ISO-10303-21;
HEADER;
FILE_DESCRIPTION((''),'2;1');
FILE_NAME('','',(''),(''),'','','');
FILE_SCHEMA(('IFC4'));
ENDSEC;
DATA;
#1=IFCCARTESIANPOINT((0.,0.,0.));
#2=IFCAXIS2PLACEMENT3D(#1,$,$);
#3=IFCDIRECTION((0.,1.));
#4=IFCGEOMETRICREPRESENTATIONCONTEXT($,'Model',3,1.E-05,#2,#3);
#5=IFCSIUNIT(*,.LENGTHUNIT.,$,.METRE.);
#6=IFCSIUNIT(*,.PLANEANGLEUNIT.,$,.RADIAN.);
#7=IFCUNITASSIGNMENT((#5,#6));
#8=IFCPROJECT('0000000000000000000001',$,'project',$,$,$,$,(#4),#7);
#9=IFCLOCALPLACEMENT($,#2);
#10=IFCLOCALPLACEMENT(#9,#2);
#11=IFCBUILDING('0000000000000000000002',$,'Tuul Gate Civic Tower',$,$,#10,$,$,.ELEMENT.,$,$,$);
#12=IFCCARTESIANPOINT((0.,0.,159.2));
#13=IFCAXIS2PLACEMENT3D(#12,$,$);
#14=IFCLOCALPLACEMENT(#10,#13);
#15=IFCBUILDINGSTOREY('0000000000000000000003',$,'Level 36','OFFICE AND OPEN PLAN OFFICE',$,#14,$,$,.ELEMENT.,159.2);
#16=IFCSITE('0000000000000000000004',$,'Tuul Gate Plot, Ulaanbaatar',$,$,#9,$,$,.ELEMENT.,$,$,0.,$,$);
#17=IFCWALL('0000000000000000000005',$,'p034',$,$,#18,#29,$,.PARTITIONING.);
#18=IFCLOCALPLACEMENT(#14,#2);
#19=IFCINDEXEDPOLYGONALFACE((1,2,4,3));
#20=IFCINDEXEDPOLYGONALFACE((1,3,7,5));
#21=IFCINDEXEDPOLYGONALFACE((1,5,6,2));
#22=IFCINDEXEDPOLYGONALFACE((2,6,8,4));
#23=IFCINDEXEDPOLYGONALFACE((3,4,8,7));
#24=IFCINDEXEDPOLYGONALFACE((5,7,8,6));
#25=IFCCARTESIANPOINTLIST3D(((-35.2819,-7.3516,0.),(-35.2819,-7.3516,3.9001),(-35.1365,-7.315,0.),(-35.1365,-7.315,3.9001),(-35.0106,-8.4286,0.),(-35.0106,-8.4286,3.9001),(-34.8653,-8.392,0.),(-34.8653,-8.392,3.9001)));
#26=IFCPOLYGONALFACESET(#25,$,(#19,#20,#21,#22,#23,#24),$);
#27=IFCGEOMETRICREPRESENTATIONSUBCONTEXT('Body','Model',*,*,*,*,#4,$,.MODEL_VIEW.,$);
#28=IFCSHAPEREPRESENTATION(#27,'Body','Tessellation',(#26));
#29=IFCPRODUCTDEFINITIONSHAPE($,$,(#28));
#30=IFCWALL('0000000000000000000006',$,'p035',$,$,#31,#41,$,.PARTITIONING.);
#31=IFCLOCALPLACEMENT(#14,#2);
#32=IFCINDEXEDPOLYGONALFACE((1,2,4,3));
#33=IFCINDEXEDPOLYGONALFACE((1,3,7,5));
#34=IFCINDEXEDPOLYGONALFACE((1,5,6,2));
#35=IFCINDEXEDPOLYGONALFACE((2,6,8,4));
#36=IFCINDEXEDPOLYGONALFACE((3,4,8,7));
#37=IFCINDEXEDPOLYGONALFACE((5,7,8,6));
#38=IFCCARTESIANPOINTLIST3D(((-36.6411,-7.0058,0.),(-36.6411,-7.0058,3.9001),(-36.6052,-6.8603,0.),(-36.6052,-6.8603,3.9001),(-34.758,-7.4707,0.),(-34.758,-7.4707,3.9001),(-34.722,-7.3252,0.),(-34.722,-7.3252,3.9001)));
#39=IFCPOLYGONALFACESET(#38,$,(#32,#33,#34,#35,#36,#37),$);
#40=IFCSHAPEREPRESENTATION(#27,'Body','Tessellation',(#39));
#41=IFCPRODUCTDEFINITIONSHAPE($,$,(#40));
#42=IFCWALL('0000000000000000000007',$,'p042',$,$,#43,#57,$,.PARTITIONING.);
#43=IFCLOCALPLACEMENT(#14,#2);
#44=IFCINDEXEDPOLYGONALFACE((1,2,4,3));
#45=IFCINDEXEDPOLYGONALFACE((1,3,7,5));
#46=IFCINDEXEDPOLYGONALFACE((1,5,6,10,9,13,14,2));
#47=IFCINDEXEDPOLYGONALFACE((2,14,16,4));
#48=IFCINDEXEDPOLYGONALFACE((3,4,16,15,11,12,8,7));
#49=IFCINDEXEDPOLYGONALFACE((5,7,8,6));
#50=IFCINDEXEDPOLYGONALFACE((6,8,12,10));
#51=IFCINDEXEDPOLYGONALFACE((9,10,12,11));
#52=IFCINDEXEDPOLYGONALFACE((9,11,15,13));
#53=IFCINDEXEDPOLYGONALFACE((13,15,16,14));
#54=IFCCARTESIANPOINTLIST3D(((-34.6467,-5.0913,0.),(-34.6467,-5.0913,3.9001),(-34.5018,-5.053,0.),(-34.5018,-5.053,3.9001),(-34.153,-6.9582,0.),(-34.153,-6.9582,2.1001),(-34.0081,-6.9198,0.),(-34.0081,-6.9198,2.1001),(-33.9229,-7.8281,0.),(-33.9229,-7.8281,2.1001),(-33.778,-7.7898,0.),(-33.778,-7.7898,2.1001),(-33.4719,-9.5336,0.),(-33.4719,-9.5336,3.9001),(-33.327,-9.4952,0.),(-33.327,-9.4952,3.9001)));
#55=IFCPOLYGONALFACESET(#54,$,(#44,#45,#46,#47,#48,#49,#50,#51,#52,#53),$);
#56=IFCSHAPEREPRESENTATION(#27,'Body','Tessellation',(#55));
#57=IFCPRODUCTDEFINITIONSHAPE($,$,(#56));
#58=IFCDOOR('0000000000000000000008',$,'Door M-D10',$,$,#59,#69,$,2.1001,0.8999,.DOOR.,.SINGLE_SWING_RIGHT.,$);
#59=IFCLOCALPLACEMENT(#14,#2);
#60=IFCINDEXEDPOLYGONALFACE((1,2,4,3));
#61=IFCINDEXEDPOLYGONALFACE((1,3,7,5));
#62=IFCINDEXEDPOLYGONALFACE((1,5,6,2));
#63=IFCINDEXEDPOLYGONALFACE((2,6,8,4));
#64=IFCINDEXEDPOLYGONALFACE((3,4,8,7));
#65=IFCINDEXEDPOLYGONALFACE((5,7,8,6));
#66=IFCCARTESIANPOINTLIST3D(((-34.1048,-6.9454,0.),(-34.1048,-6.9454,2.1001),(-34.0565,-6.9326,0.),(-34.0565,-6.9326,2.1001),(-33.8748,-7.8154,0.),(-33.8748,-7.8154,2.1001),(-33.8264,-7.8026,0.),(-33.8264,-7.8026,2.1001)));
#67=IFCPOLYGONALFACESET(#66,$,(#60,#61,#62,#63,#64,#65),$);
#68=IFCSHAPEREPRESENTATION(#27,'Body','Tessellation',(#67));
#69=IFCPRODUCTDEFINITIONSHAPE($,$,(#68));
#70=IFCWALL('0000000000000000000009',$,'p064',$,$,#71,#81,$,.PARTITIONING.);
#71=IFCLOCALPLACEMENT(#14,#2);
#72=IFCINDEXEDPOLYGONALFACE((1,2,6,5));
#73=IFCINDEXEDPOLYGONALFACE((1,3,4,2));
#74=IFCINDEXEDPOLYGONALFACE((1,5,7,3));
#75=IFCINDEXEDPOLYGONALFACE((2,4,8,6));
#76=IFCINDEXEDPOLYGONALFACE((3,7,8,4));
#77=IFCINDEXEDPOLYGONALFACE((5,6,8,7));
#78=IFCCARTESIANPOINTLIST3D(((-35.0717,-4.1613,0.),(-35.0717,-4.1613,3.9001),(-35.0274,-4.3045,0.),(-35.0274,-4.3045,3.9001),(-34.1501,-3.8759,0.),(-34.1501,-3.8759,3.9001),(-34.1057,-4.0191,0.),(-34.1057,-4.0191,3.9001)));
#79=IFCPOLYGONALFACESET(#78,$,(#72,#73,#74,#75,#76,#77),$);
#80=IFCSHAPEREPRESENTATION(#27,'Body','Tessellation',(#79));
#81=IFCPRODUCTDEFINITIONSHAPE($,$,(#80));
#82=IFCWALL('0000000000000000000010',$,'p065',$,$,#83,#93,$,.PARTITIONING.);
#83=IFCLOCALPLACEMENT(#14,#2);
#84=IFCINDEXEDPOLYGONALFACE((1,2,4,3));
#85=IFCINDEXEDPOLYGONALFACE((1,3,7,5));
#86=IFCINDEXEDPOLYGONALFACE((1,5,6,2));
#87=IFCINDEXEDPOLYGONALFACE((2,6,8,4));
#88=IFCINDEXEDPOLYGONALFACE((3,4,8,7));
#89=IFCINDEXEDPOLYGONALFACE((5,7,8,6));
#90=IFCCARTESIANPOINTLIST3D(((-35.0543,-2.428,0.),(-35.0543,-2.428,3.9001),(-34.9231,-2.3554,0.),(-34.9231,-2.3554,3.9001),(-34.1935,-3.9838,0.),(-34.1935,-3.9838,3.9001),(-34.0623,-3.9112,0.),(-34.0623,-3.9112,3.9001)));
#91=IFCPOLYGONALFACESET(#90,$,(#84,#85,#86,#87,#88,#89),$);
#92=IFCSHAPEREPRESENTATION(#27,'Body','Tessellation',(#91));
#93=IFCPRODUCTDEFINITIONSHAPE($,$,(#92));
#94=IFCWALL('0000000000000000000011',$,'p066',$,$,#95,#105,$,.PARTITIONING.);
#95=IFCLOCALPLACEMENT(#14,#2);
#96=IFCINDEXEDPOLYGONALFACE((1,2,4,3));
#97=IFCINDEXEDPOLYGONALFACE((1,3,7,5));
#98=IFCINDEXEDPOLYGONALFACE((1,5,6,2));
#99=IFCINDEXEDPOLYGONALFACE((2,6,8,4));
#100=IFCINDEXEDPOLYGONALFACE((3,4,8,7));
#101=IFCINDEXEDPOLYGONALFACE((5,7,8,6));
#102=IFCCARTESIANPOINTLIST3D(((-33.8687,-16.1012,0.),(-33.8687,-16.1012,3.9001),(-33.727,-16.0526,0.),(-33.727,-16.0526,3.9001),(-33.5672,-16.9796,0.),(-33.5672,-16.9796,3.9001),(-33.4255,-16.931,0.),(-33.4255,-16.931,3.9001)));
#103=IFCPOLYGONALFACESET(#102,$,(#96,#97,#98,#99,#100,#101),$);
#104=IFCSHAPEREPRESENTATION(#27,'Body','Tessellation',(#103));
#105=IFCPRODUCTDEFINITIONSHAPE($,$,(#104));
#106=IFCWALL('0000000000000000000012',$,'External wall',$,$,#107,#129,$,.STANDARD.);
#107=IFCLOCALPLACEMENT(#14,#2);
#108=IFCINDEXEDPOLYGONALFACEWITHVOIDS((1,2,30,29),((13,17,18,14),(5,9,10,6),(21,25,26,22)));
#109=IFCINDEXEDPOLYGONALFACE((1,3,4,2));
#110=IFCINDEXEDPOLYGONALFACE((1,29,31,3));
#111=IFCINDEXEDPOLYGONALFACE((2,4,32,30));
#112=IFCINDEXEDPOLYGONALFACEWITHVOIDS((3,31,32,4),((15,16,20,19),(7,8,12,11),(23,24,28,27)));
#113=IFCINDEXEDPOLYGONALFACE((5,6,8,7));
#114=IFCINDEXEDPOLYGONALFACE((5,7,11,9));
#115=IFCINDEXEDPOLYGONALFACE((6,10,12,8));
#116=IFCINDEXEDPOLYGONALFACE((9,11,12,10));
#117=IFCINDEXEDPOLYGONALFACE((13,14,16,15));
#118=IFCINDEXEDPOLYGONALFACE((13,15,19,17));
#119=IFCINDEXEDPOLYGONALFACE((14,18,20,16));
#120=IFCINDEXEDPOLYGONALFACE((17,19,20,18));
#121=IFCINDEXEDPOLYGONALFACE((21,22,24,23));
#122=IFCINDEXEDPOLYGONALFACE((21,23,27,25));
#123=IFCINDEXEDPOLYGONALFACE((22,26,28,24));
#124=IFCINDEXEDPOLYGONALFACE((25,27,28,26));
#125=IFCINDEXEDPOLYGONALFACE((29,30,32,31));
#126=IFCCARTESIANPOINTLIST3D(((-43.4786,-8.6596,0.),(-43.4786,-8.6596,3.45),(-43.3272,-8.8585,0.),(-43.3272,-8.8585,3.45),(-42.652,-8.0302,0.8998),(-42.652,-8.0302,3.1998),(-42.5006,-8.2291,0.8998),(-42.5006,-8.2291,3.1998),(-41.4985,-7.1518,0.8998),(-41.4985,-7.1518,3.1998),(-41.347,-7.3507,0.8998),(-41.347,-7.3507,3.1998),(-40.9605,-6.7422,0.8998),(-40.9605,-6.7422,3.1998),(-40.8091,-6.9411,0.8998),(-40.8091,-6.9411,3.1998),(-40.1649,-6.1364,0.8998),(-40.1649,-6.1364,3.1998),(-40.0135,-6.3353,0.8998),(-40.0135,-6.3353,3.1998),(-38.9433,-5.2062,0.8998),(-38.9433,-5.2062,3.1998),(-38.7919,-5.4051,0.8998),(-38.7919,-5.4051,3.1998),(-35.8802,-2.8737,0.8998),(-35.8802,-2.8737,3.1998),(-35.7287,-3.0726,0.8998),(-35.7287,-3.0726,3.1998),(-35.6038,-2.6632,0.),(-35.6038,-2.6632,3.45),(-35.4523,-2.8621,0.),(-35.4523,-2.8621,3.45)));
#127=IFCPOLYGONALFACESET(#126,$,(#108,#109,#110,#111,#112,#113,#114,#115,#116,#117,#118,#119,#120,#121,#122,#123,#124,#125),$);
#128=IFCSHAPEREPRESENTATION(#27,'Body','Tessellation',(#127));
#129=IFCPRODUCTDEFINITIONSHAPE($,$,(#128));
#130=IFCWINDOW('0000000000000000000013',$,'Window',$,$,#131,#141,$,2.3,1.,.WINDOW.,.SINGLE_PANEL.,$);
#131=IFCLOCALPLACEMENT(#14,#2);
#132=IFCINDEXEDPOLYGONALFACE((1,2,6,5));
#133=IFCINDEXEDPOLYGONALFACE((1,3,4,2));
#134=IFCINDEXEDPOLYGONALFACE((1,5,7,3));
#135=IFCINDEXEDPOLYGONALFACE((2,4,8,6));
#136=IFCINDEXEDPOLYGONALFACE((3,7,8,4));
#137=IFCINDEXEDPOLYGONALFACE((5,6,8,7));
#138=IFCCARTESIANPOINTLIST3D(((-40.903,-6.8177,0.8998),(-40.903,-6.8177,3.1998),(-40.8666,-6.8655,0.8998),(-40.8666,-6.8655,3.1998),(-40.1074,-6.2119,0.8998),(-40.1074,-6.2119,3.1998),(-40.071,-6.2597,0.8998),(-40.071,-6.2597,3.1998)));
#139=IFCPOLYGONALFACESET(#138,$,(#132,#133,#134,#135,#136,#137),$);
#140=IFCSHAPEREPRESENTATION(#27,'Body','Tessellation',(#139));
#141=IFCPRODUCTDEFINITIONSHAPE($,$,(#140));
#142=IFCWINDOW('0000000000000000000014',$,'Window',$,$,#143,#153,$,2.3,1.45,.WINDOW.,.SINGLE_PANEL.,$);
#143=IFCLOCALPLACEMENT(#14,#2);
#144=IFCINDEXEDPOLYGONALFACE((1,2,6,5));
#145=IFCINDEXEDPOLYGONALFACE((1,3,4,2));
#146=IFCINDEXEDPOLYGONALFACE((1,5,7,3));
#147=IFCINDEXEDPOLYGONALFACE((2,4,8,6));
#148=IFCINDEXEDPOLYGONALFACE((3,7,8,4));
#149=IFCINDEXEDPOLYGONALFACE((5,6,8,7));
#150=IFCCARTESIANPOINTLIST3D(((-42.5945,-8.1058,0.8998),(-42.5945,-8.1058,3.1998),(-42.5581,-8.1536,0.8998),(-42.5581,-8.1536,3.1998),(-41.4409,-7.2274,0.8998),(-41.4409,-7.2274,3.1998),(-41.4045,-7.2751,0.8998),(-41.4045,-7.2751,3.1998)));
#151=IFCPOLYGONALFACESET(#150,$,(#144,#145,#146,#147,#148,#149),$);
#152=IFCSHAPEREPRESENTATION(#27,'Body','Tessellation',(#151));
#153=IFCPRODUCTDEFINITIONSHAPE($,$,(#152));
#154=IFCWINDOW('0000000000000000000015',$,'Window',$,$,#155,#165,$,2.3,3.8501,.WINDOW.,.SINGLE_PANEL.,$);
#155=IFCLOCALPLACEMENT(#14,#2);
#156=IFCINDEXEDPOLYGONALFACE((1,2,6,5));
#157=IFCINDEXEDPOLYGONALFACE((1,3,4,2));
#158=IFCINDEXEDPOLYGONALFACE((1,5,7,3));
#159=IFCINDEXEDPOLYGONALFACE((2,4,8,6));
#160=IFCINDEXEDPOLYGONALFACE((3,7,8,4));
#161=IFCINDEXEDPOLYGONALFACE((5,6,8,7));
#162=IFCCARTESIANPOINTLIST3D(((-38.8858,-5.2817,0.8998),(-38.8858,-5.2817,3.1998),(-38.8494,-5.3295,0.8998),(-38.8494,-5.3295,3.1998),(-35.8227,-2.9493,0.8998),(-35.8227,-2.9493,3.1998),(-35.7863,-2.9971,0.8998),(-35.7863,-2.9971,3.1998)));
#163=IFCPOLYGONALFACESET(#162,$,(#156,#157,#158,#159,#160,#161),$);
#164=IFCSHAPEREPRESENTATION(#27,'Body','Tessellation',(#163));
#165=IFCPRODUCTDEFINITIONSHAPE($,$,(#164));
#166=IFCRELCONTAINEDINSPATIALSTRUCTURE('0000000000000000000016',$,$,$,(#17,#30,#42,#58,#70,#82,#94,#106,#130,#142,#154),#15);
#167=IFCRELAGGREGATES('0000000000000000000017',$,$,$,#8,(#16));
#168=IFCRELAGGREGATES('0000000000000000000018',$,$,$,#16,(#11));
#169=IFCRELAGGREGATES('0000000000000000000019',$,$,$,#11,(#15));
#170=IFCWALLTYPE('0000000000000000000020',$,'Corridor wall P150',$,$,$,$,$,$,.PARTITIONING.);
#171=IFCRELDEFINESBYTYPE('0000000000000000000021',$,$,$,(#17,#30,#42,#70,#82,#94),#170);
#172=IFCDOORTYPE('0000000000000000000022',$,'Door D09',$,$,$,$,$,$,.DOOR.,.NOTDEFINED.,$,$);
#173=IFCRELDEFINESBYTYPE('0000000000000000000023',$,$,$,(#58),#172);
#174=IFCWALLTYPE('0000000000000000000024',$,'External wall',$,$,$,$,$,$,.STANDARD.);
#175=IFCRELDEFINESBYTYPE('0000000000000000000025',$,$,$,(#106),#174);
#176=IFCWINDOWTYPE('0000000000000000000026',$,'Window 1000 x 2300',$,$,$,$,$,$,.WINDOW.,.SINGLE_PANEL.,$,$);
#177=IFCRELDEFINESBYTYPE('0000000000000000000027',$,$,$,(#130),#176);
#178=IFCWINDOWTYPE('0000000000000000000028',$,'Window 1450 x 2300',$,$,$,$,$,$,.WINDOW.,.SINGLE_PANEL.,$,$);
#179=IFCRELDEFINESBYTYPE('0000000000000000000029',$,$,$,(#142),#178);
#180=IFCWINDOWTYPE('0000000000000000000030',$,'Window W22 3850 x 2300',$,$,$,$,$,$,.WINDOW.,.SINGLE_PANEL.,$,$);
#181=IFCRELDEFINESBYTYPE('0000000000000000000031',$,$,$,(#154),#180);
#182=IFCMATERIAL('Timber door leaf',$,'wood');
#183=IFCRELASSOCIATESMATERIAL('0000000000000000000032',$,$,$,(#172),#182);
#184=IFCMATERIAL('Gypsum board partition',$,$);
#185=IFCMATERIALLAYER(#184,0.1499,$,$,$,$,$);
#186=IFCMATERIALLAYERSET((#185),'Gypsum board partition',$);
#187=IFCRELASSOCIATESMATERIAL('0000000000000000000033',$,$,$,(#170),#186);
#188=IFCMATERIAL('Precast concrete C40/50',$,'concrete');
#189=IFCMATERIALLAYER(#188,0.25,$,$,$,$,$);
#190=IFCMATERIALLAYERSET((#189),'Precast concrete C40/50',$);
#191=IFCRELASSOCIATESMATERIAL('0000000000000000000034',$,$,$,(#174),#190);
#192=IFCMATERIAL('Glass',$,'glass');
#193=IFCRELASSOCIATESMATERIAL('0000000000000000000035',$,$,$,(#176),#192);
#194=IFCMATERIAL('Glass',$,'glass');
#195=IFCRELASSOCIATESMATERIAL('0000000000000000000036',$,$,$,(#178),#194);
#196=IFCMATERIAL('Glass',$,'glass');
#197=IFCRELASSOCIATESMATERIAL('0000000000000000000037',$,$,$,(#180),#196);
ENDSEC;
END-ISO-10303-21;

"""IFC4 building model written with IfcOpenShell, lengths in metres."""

from ifc_helpers import new_model, si_unit, direction, frame, frame_2d, origin, place, context, subcontext, project, spatial, rectangle, extrude, material, layer, layer_set, type_object, element, fill, save


model = new_model("IFC4")

# Units and contexts
model_context = context("Model", 3, precision=1e-05, world=origin(), true_north=direction((0.0, 1.0)))
body_context = subcontext(model_context, "Body", "Model", "MODEL_VIEW")
ifc_project = project(units=[si_unit("LENGTHUNIT", "METRE"), si_unit("PLANEANGLEUNIT", "RADIAN")], contexts=[model_context])

# Site, building, storey
site_placement = place(None, origin())
site = spatial("IfcSite", under=ifc_project, at=site_placement, Name="Tuul Gate Plot, Ulaanbaatar", CompositionType="ELEMENT", RefElevation=0.0)
building_placement = place(site_placement, origin())
building = spatial("IfcBuilding", under=site, at=building_placement, Name="Tuul Gate Civic Tower", CompositionType="ELEMENT")
storey_placement = place(building_placement, frame((0.0, 0.0, 159.2)))
storey = spatial("IfcBuildingStorey", under=building, at=storey_placement, Name="Level 36", Description="OFFICE AND OPEN PLAN OFFICE", CompositionType="ELEMENT", Elevation=159.2)

# Shared definitions
ifc_material_1 = material(Name="Timber door leaf", Category="wood")
door_type_1 = type_object("IfcDoorType", Name="Door D09", OperationType="NOTDEFINED", PredefinedType="DOOR", material=ifc_material_1)

# Walls
ifc_material_2 = material(Name="Gypsum board partition")
ifc_layer_1 = layer(ifc_material_2, 0.1499)
ifc_layer_set_1 = layer_set([ifc_layer_1], Name="Gypsum board partition")
wall_type_1 = type_object("IfcWallType", Name="Corridor wall P150", PredefinedType="PARTITIONING", material=ifc_layer_set_1)
wall_1_placement = place(storey_placement, frame((-34.938, -8.4102, 0.0), z_axis=(0.0, 0.0, 1.0), x_axis=(-0.244242, 0.969714, 0.0)))
element("IfcWall", 1, at=wall_1_placement, inside=storey, type_object=wall_type_1, Name="p034", PredefinedType="PARTITIONING", context=body_context, shape_type="SweptSolid", body=[
    extrude(rectangle(XDim=1.1106, YDim=0.1499, at=frame_2d((0.5552, 0.0))), origin(), (0.0, 0.0, 1.0), 3.9001),
])
wall_2_placement = place(storey_placement, frame((-36.623, -6.9331, 0.0), z_axis=(0.0, 0.0, 1.0), x_axis=(0.970856, -0.239662, 0.0)))
element("IfcWall", 2, at=wall_2_placement, inside=storey, type_object=wall_type_1, Name="p035", PredefinedType="PARTITIONING", context=body_context, shape_type="SweptSolid", body=[
    extrude(rectangle(XDim=1.9397, YDim=0.1499, at=frame_2d((0.9697, 0.0))), origin(), (0.0, 0.0, 1.0), 3.9001),
])

# Wall, opening, door
wall_3_placement = place(storey_placement, frame((-34.5742, -5.0723, 0.0), z_axis=(0.0, 0.0, 1.0), x_axis=(0.255678, -0.966762, 0.0)))
wall_3 = element("IfcWall", 3, at=wall_3_placement, inside=storey, type_object=wall_type_1, Name="p042", PredefinedType="PARTITIONING", context=body_context, shape_type="SweptSolid", body=[
    extrude(rectangle(XDim=4.595, YDim=0.1499, at=frame_2d((2.2974, 0.0))), origin(), (0.0, 0.0, 1.0), 3.9001),
])
opening_1_placement = place(wall_3_placement, frame((1.9309, 0.0, 0.0)))
opening_1 = element("IfcOpeningElement", 4, at=opening_1_placement, cuts=wall_3, PredefinedType="OPENING", context=body_context, shape_type="SweptSolid", body=[
    extrude(rectangle(XDim=0.8999, YDim=2.1001, at=frame_2d((0.45, 1.05))), frame((0.0, 0.085, 0.0), z_axis=(0.0, -1.0, 0.0), x_axis=(1.0, 0.0, 0.0)), (0.0, 0.0, 1.0), 0.1699),
])
door_1_placement = place(opening_1_placement, origin())
door_1 = element("IfcDoor", 5, at=door_1_placement, inside=storey, type_object=door_type_1, Name="Door M-D10", OperationType="SINGLE_SWING_RIGHT", OverallHeight=2.1001, OverallWidth=0.8999, PredefinedType="DOOR", context=body_context, shape_type="SweptSolid", body=[
    extrude(rectangle(XDim=0.8999, YDim=2.1001, at=frame_2d((0.45, 1.05))), frame((0.0, 0.0249, 0.0), z_axis=(0.0, -1.0, 0.0), x_axis=(1.0, 0.0, 0.0)), (0.0, 0.0, 1.0), 0.05),
])
fill(opening_1, door_1)

# Walls
wall_4_placement = place(storey_placement, frame((-35.0496, -4.2329, 0.0), z_axis=(0.0, 0.0, 1.0), x_axis=(0.955247, 0.29581, 0.0)))
element("IfcWall", 6, at=wall_4_placement, inside=storey, type_object=wall_type_1, Name="p064", PredefinedType="PARTITIONING", context=body_context, shape_type="SweptSolid", body=[
    extrude(rectangle(XDim=0.9648, YDim=0.1499, at=frame_2d((0.4824, 0.0))), origin(), (0.0, 0.0, 1.0), 3.9001),
])
wall_5_placement = place(storey_placement, frame((-34.9888, -2.3916, 0.0), z_axis=(0.0, 0.0, 1.0), x_axis=(0.484115, -0.875004, 0.0)))
element("IfcWall", 7, at=wall_5_placement, inside=storey, type_object=wall_type_1, Name="p065", PredefinedType="PARTITIONING", context=body_context, shape_type="SweptSolid", body=[
    extrude(rectangle(XDim=1.7781, YDim=0.1499, at=frame_2d((0.8892, 0.0))), origin(), (0.0, 0.0, 1.0), 3.9001),
])
wall_6_placement = place(storey_placement, frame((-33.7979, -16.0769, 0.0), z_axis=(0.0, 0.0, 1.0), x_axis=(0.324654, -0.945833, 0.0)))
element("IfcWall", 8, at=wall_6_placement, inside=storey, type_object=wall_type_1, Name="p066", PredefinedType="PARTITIONING", context=body_context, shape_type="SweptSolid", body=[
    extrude(rectangle(XDim=0.9287, YDim=0.1499, at=frame_2d((0.4644, 0.0))), origin(), (0.0, 0.0, 1.0), 3.9001),
])

# Wall, openings, windows
ifc_material_3 = material(Name="Precast concrete C40/50", Category="concrete")
ifc_layer_2 = layer(ifc_material_3, 0.25)
ifc_layer_set_2 = layer_set([ifc_layer_2], Name="Precast concrete C40/50")
wall_type_2 = type_object("IfcWallType", Name="External wall", PredefinedType="STANDARD", material=ifc_layer_set_2)
wall_7_placement = place(storey_placement, frame((-35.5281, -2.7627, 0.0), z_axis=(0.0, 0.0, 1.0), x_axis=(-0.795601, -0.605821, 0.0)))
wall_7 = element("IfcWall", 9, at=wall_7_placement, inside=storey, type_object=wall_type_2, Name="External wall", PredefinedType="STANDARD", context=body_context, shape_type="SweptSolid", body=[
    extrude(rectangle(XDim=9.8979, YDim=0.25, at=frame_2d((4.949, 0.0))), origin(), (0.0, 0.0, 1.0), 3.45),
])
opening_2_placement = place(wall_7_placement, frame((0.3474, 0.0, 0.8999)))
opening_2 = element("IfcOpeningElement", 10, at=opening_2_placement, cuts=wall_7, PredefinedType="OPENING", context=body_context, shape_type="SweptSolid", body=[
    extrude(rectangle(XDim=3.8501, YDim=2.3, at=frame_2d((1.925, 1.1499))), frame((0.0, 0.135, 0.0), z_axis=(0.0, -1.0, 0.0), x_axis=(1.0, 0.0, 0.0)), (0.0, 0.0, 1.0), 0.27),
])
opening_3_placement = place(wall_7_placement, frame((5.7329, 0.0, 0.8999)))
opening_3 = element("IfcOpeningElement", 11, at=opening_3_placement, cuts=wall_7, PredefinedType="OPENING", context=body_context, shape_type="SweptSolid", body=[
    extrude(rectangle(XDim=1.0, YDim=2.3, at=frame_2d((0.5, 1.1499))), frame((0.0, 0.135, 0.0), z_axis=(0.0, -1.0, 0.0), x_axis=(1.0, 0.0, 0.0)), (0.0, 0.0, 1.0), 0.27),
])
opening_4_placement = place(wall_7_placement, frame((7.4089, 0.0, 0.8999)))
opening_4 = element("IfcOpeningElement", 12, at=opening_4_placement, cuts=wall_7, PredefinedType="OPENING", context=body_context, shape_type="SweptSolid", body=[
    extrude(rectangle(XDim=1.45, YDim=2.3, at=frame_2d((0.7251, 1.1499))), frame((0.0, 0.135, 0.0), z_axis=(0.0, -1.0, 0.0), x_axis=(1.0, 0.0, 0.0)), (0.0, 0.0, 1.0), 0.27),
])
ifc_material_4 = material(Name="Glass", Category="glass")
window_type_1 = type_object("IfcWindowType", Name="Window 1000 x 2300", PartitioningType="SINGLE_PANEL", PredefinedType="WINDOW", material=ifc_material_4)
window_1_placement = place(opening_3_placement, origin())
window_1 = element("IfcWindow", 13, at=window_1_placement, inside=storey, type_object=window_type_1, Name="Window", OverallHeight=2.3, OverallWidth=1.0, PartitioningType="SINGLE_PANEL", PredefinedType="WINDOW", context=body_context, shape_type="SweptSolid", body=[
    extrude(rectangle(XDim=1.0, YDim=2.3, at=frame_2d((0.5, 1.1499))), frame((0.0, 0.03, 0.0), z_axis=(0.0, -1.0, 0.0), x_axis=(1.0, 0.0, 0.0)), (0.0, 0.0, 1.0), 0.0601),
])
fill(opening_3, window_1)
ifc_material_5 = material(Name="Glass", Category="glass")
window_type_2 = type_object("IfcWindowType", Name="Window 1450 x 2300", PartitioningType="SINGLE_PANEL", PredefinedType="WINDOW", material=ifc_material_5)
window_2_placement = place(opening_4_placement, origin())
window_2 = element("IfcWindow", 14, at=window_2_placement, inside=storey, type_object=window_type_2, Name="Window", OverallHeight=2.3, OverallWidth=1.45, PartitioningType="SINGLE_PANEL", PredefinedType="WINDOW", context=body_context, shape_type="SweptSolid", body=[
    extrude(rectangle(XDim=1.45, YDim=2.3, at=frame_2d((0.7251, 1.1499))), frame((0.0, 0.03, 0.0), z_axis=(0.0, -1.0, 0.0), x_axis=(1.0, 0.0, 0.0)), (0.0, 0.0, 1.0), 0.0601),
])
fill(opening_4, window_2)
ifc_material_6 = material(Name="Glass", Category="glass")
window_type_3 = type_object("IfcWindowType", Name="Window W22 3850 x 2300", PartitioningType="SINGLE_PANEL", PredefinedType="WINDOW", material=ifc_material_6)
window_3_placement = place(opening_2_placement, origin())
window_3 = element("IfcWindow", 15, at=window_3_placement, inside=storey, type_object=window_type_3, Name="Window", OverallHeight=2.3, OverallWidth=3.8501, PartitioningType="SINGLE_PANEL", PredefinedType="WINDOW", context=body_context, shape_type="SweptSolid", body=[
    extrude(rectangle(XDim=3.8501, YDim=2.3, at=frame_2d((1.925, 1.1499))), frame((0.0, 0.03, 0.0), z_axis=(0.0, -1.0, 0.0), x_axis=(1.0, 0.0, 0.0)), (0.0, 0.0, 1.0), 0.0601),
])
fill(opening_2, window_3)

save(model, "model.ifc")
